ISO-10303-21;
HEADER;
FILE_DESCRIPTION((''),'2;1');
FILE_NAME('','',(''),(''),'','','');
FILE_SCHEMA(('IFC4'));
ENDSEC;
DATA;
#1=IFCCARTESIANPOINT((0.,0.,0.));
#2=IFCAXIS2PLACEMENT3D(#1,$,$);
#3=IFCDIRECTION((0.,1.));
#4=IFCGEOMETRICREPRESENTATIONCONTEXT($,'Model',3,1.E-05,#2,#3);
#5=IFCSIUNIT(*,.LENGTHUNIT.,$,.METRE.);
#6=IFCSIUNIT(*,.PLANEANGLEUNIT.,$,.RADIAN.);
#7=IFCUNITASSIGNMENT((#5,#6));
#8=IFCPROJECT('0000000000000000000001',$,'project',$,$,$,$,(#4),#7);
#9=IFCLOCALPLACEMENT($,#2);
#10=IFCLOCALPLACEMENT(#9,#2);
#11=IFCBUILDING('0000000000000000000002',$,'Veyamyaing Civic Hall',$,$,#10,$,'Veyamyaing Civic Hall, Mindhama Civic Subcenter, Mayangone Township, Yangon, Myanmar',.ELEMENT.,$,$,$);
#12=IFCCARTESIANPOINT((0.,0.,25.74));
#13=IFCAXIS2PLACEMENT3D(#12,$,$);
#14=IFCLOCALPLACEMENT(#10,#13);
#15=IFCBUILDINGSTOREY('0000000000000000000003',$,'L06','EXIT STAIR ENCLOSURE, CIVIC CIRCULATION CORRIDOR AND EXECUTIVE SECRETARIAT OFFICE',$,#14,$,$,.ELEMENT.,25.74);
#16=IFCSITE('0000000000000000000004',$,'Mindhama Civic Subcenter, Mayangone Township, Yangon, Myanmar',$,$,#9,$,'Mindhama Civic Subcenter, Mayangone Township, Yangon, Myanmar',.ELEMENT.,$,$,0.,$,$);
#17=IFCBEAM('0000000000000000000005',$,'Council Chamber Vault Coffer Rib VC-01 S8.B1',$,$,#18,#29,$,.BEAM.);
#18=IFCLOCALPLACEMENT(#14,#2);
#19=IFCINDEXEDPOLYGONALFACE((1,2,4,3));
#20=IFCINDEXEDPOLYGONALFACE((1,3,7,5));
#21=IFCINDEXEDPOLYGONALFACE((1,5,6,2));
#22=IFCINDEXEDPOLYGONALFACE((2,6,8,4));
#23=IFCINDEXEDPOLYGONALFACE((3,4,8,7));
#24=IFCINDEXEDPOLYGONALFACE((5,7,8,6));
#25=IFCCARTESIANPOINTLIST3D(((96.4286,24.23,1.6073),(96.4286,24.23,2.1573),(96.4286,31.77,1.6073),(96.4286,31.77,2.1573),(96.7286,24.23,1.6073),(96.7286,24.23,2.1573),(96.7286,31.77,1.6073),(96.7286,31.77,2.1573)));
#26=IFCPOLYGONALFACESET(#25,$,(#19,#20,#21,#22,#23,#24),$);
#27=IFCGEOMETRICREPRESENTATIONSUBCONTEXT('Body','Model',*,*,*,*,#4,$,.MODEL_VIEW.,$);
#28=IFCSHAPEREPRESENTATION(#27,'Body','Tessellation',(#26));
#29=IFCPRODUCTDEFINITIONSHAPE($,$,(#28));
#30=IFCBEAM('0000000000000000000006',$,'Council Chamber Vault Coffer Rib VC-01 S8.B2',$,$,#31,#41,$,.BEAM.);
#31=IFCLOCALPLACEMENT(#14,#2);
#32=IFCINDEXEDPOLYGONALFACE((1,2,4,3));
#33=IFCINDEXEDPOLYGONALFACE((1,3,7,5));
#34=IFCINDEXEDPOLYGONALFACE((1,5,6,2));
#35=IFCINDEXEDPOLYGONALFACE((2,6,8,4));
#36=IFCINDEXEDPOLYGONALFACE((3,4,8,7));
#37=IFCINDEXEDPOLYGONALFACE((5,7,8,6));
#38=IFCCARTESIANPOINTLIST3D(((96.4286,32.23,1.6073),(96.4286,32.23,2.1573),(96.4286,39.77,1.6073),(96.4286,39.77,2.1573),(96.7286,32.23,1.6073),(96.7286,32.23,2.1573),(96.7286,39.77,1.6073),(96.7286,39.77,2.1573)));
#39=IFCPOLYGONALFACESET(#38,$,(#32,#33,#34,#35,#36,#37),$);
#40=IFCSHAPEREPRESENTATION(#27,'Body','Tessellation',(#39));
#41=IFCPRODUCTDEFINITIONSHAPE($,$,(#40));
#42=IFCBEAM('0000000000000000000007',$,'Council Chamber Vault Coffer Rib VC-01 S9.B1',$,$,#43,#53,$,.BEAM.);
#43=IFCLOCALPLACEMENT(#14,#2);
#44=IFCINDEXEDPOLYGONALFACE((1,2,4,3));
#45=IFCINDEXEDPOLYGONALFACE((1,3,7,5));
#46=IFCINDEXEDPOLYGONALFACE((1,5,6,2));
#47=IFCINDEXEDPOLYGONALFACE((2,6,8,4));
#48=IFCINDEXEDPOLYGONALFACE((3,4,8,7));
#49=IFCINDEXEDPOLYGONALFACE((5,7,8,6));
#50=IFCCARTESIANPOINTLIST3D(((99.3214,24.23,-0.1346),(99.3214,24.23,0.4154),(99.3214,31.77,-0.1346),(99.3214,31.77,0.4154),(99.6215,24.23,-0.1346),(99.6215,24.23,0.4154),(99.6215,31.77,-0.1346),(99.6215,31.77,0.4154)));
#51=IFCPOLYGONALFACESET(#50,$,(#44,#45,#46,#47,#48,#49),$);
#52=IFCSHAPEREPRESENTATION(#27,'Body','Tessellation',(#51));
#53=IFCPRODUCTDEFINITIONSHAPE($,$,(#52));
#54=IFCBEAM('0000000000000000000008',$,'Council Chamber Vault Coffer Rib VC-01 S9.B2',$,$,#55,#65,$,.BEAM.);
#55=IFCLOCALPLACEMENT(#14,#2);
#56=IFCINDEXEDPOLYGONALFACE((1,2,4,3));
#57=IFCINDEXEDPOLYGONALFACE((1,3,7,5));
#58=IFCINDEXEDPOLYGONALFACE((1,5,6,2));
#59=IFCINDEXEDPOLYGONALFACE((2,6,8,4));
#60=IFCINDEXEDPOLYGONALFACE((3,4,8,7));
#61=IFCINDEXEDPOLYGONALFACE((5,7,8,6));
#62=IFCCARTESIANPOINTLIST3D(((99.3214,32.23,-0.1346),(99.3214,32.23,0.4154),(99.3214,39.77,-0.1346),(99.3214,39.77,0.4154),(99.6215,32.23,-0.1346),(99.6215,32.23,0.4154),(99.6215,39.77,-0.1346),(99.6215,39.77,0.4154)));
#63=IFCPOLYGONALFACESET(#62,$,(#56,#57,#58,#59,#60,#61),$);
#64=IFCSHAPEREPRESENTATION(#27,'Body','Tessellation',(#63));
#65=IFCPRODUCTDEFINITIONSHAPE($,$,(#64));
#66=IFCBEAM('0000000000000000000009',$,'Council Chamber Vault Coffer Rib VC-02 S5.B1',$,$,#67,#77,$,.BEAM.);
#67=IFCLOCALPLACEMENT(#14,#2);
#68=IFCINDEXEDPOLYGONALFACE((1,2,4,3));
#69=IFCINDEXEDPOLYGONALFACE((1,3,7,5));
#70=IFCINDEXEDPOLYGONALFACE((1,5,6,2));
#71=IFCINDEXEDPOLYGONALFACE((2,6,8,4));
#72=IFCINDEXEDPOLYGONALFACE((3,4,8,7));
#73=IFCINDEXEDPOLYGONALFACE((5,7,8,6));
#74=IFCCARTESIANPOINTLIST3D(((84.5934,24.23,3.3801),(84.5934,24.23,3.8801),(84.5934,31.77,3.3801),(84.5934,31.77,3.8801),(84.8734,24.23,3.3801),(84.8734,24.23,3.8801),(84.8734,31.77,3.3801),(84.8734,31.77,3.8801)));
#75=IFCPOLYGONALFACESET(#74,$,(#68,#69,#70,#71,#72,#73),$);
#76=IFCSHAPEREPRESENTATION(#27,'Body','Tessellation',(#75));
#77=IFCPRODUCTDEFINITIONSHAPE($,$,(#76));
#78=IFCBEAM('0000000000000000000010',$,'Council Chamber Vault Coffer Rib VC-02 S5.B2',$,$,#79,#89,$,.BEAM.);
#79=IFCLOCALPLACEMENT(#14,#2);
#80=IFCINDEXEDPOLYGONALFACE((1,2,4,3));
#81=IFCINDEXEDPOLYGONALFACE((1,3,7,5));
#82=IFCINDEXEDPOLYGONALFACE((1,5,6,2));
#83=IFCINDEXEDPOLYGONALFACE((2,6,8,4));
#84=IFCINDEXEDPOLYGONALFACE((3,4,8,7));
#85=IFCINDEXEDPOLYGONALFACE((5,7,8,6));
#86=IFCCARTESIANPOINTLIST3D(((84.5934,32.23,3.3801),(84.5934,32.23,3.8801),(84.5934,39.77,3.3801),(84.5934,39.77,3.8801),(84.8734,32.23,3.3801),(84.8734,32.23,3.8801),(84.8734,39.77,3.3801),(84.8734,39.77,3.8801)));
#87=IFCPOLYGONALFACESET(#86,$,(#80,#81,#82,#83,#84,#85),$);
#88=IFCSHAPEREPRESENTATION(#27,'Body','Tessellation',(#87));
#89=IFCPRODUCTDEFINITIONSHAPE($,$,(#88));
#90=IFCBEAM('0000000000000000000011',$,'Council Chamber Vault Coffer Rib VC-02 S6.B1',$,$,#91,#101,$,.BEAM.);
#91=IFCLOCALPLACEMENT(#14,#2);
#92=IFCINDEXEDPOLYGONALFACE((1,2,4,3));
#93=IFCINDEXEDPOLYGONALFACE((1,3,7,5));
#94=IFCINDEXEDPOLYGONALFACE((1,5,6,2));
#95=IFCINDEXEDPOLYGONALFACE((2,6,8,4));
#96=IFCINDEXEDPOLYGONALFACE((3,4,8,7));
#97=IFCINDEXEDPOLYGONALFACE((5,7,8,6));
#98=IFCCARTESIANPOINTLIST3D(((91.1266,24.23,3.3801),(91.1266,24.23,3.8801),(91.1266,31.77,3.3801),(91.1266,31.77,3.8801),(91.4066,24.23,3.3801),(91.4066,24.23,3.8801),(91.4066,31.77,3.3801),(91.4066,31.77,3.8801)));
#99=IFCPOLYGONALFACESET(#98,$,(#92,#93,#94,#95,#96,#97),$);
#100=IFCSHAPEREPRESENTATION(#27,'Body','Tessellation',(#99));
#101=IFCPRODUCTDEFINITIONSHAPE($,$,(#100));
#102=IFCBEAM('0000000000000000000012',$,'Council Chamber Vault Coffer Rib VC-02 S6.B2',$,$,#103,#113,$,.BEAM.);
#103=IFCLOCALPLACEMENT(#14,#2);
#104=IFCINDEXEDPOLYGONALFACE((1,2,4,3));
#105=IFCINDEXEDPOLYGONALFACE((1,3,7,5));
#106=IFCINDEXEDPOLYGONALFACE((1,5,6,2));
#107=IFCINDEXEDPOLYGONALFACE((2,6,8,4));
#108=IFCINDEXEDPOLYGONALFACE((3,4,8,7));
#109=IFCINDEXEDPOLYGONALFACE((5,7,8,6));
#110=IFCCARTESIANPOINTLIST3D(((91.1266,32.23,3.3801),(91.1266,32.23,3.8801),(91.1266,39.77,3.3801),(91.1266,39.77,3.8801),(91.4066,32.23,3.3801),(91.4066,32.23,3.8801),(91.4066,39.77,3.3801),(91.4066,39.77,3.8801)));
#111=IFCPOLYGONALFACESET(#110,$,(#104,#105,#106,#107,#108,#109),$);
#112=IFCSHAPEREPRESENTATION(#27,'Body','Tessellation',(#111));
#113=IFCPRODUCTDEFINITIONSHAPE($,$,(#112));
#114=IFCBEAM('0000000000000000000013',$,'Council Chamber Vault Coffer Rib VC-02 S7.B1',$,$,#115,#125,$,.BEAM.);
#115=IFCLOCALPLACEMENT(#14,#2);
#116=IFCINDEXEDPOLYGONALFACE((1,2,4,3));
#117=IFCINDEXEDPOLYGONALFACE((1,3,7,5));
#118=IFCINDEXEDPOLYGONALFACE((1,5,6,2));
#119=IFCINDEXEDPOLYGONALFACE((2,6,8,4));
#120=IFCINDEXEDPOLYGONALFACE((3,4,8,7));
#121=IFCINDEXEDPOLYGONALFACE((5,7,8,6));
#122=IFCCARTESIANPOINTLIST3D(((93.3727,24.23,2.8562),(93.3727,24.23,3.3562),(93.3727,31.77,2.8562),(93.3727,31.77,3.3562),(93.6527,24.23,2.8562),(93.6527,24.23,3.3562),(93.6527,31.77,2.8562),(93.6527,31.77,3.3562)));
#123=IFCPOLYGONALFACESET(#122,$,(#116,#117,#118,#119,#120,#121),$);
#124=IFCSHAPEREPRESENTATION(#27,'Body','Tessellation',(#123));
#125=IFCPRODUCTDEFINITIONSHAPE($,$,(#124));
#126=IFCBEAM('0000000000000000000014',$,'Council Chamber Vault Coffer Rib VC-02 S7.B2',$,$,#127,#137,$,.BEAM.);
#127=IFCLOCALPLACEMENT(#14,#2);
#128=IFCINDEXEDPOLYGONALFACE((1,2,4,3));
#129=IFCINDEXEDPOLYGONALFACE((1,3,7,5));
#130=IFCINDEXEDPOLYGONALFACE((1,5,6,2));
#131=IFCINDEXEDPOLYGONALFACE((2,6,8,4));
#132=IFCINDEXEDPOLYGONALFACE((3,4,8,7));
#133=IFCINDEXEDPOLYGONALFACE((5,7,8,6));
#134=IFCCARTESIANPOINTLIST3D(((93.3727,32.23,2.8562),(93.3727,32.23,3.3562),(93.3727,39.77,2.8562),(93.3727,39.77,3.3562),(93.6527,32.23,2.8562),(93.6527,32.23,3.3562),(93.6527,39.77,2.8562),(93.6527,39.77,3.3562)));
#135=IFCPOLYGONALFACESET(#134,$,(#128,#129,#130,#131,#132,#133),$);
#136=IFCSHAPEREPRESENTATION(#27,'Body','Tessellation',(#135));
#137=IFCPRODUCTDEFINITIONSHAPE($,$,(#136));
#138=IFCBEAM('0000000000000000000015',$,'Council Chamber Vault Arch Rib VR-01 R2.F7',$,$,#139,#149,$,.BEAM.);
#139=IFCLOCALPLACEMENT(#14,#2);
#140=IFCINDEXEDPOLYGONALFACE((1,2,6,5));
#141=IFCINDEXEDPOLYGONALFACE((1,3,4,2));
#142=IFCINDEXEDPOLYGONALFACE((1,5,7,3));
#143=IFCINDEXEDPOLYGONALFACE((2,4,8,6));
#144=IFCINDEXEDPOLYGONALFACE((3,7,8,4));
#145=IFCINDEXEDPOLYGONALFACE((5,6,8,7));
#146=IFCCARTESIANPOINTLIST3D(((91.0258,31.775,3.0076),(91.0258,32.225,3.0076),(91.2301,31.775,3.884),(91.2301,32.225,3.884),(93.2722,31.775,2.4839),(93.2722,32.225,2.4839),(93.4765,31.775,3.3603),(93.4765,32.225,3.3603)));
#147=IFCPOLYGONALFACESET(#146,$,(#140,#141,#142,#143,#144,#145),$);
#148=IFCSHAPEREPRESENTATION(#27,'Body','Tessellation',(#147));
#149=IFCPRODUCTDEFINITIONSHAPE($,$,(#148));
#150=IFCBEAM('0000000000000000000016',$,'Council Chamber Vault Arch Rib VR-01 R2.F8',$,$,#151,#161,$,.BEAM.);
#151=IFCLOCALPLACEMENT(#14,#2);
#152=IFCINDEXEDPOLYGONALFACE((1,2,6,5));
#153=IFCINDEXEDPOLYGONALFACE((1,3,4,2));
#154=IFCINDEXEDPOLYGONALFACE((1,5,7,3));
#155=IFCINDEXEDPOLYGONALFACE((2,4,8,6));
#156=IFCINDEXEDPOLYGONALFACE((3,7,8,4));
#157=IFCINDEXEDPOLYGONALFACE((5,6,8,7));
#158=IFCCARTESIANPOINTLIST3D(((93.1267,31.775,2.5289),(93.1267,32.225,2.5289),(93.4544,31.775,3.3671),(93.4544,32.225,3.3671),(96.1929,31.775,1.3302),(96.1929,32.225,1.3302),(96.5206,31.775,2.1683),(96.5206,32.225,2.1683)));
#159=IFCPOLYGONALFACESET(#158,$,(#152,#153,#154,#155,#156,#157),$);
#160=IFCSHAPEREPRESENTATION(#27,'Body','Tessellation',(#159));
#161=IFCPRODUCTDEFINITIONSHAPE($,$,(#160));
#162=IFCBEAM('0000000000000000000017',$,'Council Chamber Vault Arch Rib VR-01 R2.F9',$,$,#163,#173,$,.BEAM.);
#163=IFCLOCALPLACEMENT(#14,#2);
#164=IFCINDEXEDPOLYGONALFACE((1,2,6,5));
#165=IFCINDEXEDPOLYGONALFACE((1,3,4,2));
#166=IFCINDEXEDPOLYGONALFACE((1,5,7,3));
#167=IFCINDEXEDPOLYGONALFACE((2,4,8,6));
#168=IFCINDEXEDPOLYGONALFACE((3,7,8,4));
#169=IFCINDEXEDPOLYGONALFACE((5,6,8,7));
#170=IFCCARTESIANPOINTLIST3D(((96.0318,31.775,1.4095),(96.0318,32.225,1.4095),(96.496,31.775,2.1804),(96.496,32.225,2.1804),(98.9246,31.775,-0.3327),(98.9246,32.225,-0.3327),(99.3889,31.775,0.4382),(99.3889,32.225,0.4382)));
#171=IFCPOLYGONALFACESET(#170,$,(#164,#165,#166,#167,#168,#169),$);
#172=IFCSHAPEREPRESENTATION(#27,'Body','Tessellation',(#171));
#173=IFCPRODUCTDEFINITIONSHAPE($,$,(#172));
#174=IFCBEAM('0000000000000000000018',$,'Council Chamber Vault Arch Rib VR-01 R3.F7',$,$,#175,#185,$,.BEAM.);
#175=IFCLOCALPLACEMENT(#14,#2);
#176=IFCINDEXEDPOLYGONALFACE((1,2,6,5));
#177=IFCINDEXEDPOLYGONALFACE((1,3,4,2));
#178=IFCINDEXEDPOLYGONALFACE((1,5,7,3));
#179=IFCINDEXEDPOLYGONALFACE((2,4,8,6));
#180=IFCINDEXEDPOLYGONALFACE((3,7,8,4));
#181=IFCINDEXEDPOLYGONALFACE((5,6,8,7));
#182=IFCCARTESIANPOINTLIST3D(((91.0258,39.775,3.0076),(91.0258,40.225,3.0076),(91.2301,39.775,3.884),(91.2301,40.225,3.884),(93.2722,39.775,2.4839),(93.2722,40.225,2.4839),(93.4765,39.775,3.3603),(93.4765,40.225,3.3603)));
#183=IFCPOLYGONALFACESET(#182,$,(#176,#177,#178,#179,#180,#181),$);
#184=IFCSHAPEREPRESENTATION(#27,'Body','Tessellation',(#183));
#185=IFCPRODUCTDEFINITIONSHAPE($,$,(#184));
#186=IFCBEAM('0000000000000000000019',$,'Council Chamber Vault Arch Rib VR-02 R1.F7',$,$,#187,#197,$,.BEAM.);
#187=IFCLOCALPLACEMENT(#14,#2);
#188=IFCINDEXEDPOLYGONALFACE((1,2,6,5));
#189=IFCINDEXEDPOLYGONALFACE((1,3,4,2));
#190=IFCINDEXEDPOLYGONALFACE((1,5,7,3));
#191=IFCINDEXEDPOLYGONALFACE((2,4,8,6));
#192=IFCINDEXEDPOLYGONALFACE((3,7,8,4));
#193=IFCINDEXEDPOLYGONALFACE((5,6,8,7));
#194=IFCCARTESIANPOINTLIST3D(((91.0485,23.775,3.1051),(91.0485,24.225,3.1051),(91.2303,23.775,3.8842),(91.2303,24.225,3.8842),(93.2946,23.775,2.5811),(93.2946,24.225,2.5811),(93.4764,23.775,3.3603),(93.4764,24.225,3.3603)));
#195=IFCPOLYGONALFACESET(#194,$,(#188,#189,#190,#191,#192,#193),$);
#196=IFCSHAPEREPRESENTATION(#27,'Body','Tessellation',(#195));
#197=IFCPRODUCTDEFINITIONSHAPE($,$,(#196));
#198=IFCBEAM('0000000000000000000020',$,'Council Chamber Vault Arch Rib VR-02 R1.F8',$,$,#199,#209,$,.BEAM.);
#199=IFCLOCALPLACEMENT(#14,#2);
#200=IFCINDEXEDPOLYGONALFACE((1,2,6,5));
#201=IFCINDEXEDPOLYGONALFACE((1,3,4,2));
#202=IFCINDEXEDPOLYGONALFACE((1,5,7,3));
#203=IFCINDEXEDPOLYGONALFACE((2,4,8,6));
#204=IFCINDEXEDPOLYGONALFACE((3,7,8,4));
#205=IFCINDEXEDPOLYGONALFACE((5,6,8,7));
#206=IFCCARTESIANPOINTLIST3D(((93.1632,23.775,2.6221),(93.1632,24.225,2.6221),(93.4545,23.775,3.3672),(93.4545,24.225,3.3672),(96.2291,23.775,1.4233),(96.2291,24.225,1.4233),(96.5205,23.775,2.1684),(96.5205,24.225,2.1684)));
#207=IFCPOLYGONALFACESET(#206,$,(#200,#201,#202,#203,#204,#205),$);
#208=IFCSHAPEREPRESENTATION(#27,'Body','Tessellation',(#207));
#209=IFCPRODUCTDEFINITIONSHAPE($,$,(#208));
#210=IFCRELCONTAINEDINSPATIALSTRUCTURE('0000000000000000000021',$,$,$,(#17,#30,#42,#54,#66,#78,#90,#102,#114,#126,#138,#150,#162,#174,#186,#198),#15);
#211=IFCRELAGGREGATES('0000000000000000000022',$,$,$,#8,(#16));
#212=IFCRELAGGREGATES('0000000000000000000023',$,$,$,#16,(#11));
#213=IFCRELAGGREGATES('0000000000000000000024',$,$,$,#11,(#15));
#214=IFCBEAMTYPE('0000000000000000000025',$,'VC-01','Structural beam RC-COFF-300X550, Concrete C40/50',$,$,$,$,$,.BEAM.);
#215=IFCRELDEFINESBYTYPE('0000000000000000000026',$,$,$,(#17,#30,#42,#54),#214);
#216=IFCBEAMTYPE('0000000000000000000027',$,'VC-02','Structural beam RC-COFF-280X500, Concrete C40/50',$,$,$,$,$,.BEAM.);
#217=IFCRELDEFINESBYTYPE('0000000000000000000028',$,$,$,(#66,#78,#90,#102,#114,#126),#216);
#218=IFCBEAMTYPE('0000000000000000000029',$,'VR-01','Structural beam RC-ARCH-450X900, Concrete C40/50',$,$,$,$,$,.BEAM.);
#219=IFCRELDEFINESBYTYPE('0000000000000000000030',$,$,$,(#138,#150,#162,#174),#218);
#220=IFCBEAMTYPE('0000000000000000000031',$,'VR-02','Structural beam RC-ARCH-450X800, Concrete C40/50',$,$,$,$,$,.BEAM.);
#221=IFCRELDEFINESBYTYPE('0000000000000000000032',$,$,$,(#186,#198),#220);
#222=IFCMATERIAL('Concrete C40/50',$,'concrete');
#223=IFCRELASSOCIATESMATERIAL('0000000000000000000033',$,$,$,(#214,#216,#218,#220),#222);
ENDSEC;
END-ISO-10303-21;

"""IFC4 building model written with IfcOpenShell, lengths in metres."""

from ifc_helpers import new_model, si_unit, direction, frame, origin, origin_2d, place, context, subcontext, project, spatial, rectangle, extrude, material, material_profile, profile_set, type_object, element, save


model = new_model("IFC4")

# Units and contexts
model_context = context("Model", 3, precision=1e-05, world=origin(), true_north=direction((0.0, 1.0)))
body_context = subcontext(model_context, "Body", "Model", "MODEL_VIEW")
ifc_project = project(units=[si_unit("LENGTHUNIT", "METRE"), si_unit("PLANEANGLEUNIT", "RADIAN")], contexts=[model_context])

# Site, building, storey
site_placement = place(None, origin())
site = spatial("IfcSite", under=ifc_project, at=site_placement, Name="Mindhama Civic Subcenter, Mayangone Township, Yangon, Myanmar", LongName="Mindhama Civic Subcenter, Mayangone Township, Yangon, Myanmar", CompositionType="ELEMENT", RefElevation=0.0)
building_placement = place(site_placement, origin())
building = spatial("IfcBuilding", under=site, at=building_placement, Name="Veyamyaing Civic Hall", LongName="Veyamyaing Civic Hall, Mindhama Civic Subcenter, Mayangone Township, Yangon, Myanmar", CompositionType="ELEMENT")
storey_placement = place(building_placement, frame((0.0, 0.0, 25.74)))
storey = spatial("IfcBuildingStorey", under=building, at=storey_placement, Name="L06", Description="EXIT STAIR ENCLOSURE, CIVIC CIRCULATION CORRIDOR AND EXECUTIVE SECRETARIAT OFFICE", CompositionType="ELEMENT", Elevation=25.74)

# Beams
ifc_material = material(Name="Concrete C40/50", Category="concrete")
ifc_material_profile_1 = material_profile(ifc_material, rectangle(XDim=0.3, YDim=0.55, at=origin_2d()), Name="RC-COFF-300X550")
ifc_profile_set_1 = profile_set([ifc_material_profile_1], Name="Concrete C40/50")
beam_type_1 = type_object("IfcBeamType", Name="VC-01", Description="Structural beam RC-COFF-300X550, Concrete C40/50", PredefinedType="BEAM", material=ifc_profile_set_1)
for number, where, z_axis, x_axis, name in (
    (1, (96.5786, 24.23, 1.8823), (0.0, 1.0, 0.0), (-1.0, 0.0, 0.0), "Council Chamber Vault Coffer Rib VC-01 S8.B1"),
    (2, (96.5786, 32.23, 1.8823), (0.0, 1.0, 0.0), (-1.0, 0.0, 0.0), "Council Chamber Vault Coffer Rib VC-01 S8.B2"),
    (3, (99.4714, 24.23, 0.1404), (0.0, 1.0, 0.0), (-1.0, 0.0, 0.0), "Council Chamber Vault Coffer Rib VC-01 S9.B1"),
    (4, (99.4714, 32.23, 0.1404), (0.0, 1.0, 0.0), (-1.0, 0.0, 0.0), "Council Chamber Vault Coffer Rib VC-01 S9.B2"),
):
    element("IfcBeam", number, at=place(storey_placement, frame(where, z_axis=z_axis, x_axis=x_axis)), inside=storey, type_object=beam_type_1, Name=name, PredefinedType="BEAM", context=body_context, shape_type="SweptSolid", body=[
        extrude(rectangle(XDim=0.3, YDim=0.55, at=origin_2d()), origin(), (0.0, 0.0, 1.0), 7.54),
    ])
ifc_material_profile_2 = material_profile(ifc_material, rectangle(XDim=0.28, YDim=0.5, at=origin_2d()), Name="RC-COFF-280X500")
ifc_profile_set_2 = profile_set([ifc_material_profile_2], Name="Concrete C40/50")
beam_type_2 = type_object("IfcBeamType", Name="VC-02", Description="Structural beam RC-COFF-280X500, Concrete C40/50", PredefinedType="BEAM", material=ifc_profile_set_2)
for number, where, z_axis, x_axis, name in (
    (5, (84.7334, 24.23, 3.6301), (0.0, 1.0, 0.0), (-1.0, 0.0, 0.0), "Council Chamber Vault Coffer Rib VC-02 S5.B1"),
    (6, (84.7334, 32.23, 3.6301), (0.0, 1.0, 0.0), (-1.0, 0.0, 0.0), "Council Chamber Vault Coffer Rib VC-02 S5.B2"),
    (7, (91.2666, 24.23, 3.6301), (0.0, 1.0, 0.0), (-1.0, 0.0, 0.0), "Council Chamber Vault Coffer Rib VC-02 S6.B1"),
    (8, (91.2666, 32.23, 3.6301), (0.0, 1.0, 0.0), (-1.0, 0.0, 0.0), "Council Chamber Vault Coffer Rib VC-02 S6.B2"),
    (9, (93.5127, 24.23, 3.1062), (0.0, 1.0, 0.0), (-1.0, 0.0, 0.0), "Council Chamber Vault Coffer Rib VC-02 S7.B1"),
    (10, (93.5127, 32.23, 3.1062), (0.0, 1.0, 0.0), (-1.0, 0.0, 0.0), "Council Chamber Vault Coffer Rib VC-02 S7.B2"),
):
    element("IfcBeam", number, at=place(storey_placement, frame(where, z_axis=z_axis, x_axis=x_axis)), inside=storey, type_object=beam_type_2, Name=name, PredefinedType="BEAM", context=body_context, shape_type="SweptSolid", body=[
        extrude(rectangle(XDim=0.28, YDim=0.5, at=origin_2d()), origin(), (0.0, 0.0, 1.0), 7.54),
    ])
ifc_material_profile_3 = material_profile(ifc_material, rectangle(XDim=0.45, YDim=0.8999, at=origin_2d()), Name="RC-ARCH-450X900")
ifc_profile_set_3 = profile_set([ifc_material_profile_3], Name="Concrete C40/50")
beam_type_3 = type_object("IfcBeamType", Name="VR-01", Description="Structural beam RC-ARCH-450X900, Concrete C40/50", PredefinedType="BEAM", material=ifc_profile_set_3)
beam_1_placement = place(storey_placement, frame((91.1279, 32.0, 3.4458), z_axis=(0.973886, 0.0, -0.227039), x_axis=(0.0, 1.0, 0.0)))
element("IfcBeam", 11, at=beam_1_placement, inside=storey, type_object=beam_type_3, Name="Council Chamber Vault Arch Rib VR-01 R2.F7", PredefinedType="BEAM", context=body_context, shape_type="SweptSolid", body=[
    extrude(rectangle(XDim=0.45, YDim=0.8999, at=origin_2d()), origin(), (0.0, 0.0, 1.0), 2.3066),
])
beam_2_placement = place(storey_placement, frame((93.2905, 32.0, 2.948), z_axis=(0.931353, 0.0, -0.364117), x_axis=(0.0, 1.0, 0.0)))
element("IfcBeam", 12, at=beam_2_placement, inside=storey, type_object=beam_type_3, Name="Council Chamber Vault Arch Rib VR-01 R2.F8", PredefinedType="BEAM", context=body_context, shape_type="SweptSolid", body=[
    extrude(rectangle(XDim=0.45, YDim=0.8999, at=origin_2d()), origin(), (0.0, 0.0, 1.0), 3.2922),
])
beam_3_placement = place(storey_placement, frame((96.2639, 32.0, 1.7949), z_axis=(0.856643, 0.0, -0.515909), x_axis=(0.0, 1.0, 0.0)))
element("IfcBeam", 13, at=beam_3_placement, inside=storey, type_object=beam_type_3, Name="Council Chamber Vault Arch Rib VR-01 R2.F9", PredefinedType="BEAM", context=body_context, shape_type="SweptSolid", body=[
    extrude(rectangle(XDim=0.45, YDim=0.8999, at=origin_2d()), origin(), (0.0, 0.0, 1.0), 3.377),
])
beam_4_placement = place(storey_placement, frame((91.1279, 40.0, 3.4458), z_axis=(0.973886, 0.0, -0.227039), x_axis=(0.0, 1.0, 0.0)))
element("IfcBeam", 14, at=beam_4_placement, inside=storey, type_object=beam_type_3, Name="Council Chamber Vault Arch Rib VR-01 R3.F7", PredefinedType="BEAM", context=body_context, shape_type="SweptSolid", body=[
    extrude(rectangle(XDim=0.45, YDim=0.8999, at=origin_2d()), origin(), (0.0, 0.0, 1.0), 2.3066),
])
ifc_material_profile_4 = material_profile(ifc_material, rectangle(XDim=0.45, YDim=0.8, at=origin_2d()), Name="RC-ARCH-450X800")
ifc_profile_set_4 = profile_set([ifc_material_profile_4], Name="Concrete C40/50")
beam_type_4 = type_object("IfcBeamType", Name="VR-02", Description="Structural beam RC-ARCH-450X800, Concrete C40/50", PredefinedType="BEAM", material=ifc_profile_set_4)
beam_5_placement = place(storey_placement, frame((91.1394, 24.0, 3.4946), z_axis=(0.973857, 0.0, -0.227163), x_axis=(0.0, 1.0, 0.0)))
element("IfcBeam", 15, at=beam_5_placement, inside=storey, type_object=beam_type_4, Name="Council Chamber Vault Arch Rib VR-02 R1.F7", PredefinedType="BEAM", context=body_context, shape_type="SweptSolid", body=[
    extrude(rectangle(XDim=0.45, YDim=0.8, at=origin_2d()), origin(), (0.0, 0.0, 1.0), 2.3064),
])
beam_6_placement = place(storey_placement, frame((93.3088, 24.0, 2.9946), z_axis=(0.931343, 0.0, -0.364142), x_axis=(0.0, 1.0, 0.0)))
element("IfcBeam", 16, at=beam_6_placement, inside=storey, type_object=beam_type_4, Name="Council Chamber Vault Arch Rib VR-02 R1.F8", PredefinedType="BEAM", context=body_context, shape_type="SweptSolid", body=[
    extrude(rectangle(XDim=0.45, YDim=0.8, at=origin_2d()), origin(), (0.0, 0.0, 1.0), 3.292),
])

save(model, "model.ifc")
